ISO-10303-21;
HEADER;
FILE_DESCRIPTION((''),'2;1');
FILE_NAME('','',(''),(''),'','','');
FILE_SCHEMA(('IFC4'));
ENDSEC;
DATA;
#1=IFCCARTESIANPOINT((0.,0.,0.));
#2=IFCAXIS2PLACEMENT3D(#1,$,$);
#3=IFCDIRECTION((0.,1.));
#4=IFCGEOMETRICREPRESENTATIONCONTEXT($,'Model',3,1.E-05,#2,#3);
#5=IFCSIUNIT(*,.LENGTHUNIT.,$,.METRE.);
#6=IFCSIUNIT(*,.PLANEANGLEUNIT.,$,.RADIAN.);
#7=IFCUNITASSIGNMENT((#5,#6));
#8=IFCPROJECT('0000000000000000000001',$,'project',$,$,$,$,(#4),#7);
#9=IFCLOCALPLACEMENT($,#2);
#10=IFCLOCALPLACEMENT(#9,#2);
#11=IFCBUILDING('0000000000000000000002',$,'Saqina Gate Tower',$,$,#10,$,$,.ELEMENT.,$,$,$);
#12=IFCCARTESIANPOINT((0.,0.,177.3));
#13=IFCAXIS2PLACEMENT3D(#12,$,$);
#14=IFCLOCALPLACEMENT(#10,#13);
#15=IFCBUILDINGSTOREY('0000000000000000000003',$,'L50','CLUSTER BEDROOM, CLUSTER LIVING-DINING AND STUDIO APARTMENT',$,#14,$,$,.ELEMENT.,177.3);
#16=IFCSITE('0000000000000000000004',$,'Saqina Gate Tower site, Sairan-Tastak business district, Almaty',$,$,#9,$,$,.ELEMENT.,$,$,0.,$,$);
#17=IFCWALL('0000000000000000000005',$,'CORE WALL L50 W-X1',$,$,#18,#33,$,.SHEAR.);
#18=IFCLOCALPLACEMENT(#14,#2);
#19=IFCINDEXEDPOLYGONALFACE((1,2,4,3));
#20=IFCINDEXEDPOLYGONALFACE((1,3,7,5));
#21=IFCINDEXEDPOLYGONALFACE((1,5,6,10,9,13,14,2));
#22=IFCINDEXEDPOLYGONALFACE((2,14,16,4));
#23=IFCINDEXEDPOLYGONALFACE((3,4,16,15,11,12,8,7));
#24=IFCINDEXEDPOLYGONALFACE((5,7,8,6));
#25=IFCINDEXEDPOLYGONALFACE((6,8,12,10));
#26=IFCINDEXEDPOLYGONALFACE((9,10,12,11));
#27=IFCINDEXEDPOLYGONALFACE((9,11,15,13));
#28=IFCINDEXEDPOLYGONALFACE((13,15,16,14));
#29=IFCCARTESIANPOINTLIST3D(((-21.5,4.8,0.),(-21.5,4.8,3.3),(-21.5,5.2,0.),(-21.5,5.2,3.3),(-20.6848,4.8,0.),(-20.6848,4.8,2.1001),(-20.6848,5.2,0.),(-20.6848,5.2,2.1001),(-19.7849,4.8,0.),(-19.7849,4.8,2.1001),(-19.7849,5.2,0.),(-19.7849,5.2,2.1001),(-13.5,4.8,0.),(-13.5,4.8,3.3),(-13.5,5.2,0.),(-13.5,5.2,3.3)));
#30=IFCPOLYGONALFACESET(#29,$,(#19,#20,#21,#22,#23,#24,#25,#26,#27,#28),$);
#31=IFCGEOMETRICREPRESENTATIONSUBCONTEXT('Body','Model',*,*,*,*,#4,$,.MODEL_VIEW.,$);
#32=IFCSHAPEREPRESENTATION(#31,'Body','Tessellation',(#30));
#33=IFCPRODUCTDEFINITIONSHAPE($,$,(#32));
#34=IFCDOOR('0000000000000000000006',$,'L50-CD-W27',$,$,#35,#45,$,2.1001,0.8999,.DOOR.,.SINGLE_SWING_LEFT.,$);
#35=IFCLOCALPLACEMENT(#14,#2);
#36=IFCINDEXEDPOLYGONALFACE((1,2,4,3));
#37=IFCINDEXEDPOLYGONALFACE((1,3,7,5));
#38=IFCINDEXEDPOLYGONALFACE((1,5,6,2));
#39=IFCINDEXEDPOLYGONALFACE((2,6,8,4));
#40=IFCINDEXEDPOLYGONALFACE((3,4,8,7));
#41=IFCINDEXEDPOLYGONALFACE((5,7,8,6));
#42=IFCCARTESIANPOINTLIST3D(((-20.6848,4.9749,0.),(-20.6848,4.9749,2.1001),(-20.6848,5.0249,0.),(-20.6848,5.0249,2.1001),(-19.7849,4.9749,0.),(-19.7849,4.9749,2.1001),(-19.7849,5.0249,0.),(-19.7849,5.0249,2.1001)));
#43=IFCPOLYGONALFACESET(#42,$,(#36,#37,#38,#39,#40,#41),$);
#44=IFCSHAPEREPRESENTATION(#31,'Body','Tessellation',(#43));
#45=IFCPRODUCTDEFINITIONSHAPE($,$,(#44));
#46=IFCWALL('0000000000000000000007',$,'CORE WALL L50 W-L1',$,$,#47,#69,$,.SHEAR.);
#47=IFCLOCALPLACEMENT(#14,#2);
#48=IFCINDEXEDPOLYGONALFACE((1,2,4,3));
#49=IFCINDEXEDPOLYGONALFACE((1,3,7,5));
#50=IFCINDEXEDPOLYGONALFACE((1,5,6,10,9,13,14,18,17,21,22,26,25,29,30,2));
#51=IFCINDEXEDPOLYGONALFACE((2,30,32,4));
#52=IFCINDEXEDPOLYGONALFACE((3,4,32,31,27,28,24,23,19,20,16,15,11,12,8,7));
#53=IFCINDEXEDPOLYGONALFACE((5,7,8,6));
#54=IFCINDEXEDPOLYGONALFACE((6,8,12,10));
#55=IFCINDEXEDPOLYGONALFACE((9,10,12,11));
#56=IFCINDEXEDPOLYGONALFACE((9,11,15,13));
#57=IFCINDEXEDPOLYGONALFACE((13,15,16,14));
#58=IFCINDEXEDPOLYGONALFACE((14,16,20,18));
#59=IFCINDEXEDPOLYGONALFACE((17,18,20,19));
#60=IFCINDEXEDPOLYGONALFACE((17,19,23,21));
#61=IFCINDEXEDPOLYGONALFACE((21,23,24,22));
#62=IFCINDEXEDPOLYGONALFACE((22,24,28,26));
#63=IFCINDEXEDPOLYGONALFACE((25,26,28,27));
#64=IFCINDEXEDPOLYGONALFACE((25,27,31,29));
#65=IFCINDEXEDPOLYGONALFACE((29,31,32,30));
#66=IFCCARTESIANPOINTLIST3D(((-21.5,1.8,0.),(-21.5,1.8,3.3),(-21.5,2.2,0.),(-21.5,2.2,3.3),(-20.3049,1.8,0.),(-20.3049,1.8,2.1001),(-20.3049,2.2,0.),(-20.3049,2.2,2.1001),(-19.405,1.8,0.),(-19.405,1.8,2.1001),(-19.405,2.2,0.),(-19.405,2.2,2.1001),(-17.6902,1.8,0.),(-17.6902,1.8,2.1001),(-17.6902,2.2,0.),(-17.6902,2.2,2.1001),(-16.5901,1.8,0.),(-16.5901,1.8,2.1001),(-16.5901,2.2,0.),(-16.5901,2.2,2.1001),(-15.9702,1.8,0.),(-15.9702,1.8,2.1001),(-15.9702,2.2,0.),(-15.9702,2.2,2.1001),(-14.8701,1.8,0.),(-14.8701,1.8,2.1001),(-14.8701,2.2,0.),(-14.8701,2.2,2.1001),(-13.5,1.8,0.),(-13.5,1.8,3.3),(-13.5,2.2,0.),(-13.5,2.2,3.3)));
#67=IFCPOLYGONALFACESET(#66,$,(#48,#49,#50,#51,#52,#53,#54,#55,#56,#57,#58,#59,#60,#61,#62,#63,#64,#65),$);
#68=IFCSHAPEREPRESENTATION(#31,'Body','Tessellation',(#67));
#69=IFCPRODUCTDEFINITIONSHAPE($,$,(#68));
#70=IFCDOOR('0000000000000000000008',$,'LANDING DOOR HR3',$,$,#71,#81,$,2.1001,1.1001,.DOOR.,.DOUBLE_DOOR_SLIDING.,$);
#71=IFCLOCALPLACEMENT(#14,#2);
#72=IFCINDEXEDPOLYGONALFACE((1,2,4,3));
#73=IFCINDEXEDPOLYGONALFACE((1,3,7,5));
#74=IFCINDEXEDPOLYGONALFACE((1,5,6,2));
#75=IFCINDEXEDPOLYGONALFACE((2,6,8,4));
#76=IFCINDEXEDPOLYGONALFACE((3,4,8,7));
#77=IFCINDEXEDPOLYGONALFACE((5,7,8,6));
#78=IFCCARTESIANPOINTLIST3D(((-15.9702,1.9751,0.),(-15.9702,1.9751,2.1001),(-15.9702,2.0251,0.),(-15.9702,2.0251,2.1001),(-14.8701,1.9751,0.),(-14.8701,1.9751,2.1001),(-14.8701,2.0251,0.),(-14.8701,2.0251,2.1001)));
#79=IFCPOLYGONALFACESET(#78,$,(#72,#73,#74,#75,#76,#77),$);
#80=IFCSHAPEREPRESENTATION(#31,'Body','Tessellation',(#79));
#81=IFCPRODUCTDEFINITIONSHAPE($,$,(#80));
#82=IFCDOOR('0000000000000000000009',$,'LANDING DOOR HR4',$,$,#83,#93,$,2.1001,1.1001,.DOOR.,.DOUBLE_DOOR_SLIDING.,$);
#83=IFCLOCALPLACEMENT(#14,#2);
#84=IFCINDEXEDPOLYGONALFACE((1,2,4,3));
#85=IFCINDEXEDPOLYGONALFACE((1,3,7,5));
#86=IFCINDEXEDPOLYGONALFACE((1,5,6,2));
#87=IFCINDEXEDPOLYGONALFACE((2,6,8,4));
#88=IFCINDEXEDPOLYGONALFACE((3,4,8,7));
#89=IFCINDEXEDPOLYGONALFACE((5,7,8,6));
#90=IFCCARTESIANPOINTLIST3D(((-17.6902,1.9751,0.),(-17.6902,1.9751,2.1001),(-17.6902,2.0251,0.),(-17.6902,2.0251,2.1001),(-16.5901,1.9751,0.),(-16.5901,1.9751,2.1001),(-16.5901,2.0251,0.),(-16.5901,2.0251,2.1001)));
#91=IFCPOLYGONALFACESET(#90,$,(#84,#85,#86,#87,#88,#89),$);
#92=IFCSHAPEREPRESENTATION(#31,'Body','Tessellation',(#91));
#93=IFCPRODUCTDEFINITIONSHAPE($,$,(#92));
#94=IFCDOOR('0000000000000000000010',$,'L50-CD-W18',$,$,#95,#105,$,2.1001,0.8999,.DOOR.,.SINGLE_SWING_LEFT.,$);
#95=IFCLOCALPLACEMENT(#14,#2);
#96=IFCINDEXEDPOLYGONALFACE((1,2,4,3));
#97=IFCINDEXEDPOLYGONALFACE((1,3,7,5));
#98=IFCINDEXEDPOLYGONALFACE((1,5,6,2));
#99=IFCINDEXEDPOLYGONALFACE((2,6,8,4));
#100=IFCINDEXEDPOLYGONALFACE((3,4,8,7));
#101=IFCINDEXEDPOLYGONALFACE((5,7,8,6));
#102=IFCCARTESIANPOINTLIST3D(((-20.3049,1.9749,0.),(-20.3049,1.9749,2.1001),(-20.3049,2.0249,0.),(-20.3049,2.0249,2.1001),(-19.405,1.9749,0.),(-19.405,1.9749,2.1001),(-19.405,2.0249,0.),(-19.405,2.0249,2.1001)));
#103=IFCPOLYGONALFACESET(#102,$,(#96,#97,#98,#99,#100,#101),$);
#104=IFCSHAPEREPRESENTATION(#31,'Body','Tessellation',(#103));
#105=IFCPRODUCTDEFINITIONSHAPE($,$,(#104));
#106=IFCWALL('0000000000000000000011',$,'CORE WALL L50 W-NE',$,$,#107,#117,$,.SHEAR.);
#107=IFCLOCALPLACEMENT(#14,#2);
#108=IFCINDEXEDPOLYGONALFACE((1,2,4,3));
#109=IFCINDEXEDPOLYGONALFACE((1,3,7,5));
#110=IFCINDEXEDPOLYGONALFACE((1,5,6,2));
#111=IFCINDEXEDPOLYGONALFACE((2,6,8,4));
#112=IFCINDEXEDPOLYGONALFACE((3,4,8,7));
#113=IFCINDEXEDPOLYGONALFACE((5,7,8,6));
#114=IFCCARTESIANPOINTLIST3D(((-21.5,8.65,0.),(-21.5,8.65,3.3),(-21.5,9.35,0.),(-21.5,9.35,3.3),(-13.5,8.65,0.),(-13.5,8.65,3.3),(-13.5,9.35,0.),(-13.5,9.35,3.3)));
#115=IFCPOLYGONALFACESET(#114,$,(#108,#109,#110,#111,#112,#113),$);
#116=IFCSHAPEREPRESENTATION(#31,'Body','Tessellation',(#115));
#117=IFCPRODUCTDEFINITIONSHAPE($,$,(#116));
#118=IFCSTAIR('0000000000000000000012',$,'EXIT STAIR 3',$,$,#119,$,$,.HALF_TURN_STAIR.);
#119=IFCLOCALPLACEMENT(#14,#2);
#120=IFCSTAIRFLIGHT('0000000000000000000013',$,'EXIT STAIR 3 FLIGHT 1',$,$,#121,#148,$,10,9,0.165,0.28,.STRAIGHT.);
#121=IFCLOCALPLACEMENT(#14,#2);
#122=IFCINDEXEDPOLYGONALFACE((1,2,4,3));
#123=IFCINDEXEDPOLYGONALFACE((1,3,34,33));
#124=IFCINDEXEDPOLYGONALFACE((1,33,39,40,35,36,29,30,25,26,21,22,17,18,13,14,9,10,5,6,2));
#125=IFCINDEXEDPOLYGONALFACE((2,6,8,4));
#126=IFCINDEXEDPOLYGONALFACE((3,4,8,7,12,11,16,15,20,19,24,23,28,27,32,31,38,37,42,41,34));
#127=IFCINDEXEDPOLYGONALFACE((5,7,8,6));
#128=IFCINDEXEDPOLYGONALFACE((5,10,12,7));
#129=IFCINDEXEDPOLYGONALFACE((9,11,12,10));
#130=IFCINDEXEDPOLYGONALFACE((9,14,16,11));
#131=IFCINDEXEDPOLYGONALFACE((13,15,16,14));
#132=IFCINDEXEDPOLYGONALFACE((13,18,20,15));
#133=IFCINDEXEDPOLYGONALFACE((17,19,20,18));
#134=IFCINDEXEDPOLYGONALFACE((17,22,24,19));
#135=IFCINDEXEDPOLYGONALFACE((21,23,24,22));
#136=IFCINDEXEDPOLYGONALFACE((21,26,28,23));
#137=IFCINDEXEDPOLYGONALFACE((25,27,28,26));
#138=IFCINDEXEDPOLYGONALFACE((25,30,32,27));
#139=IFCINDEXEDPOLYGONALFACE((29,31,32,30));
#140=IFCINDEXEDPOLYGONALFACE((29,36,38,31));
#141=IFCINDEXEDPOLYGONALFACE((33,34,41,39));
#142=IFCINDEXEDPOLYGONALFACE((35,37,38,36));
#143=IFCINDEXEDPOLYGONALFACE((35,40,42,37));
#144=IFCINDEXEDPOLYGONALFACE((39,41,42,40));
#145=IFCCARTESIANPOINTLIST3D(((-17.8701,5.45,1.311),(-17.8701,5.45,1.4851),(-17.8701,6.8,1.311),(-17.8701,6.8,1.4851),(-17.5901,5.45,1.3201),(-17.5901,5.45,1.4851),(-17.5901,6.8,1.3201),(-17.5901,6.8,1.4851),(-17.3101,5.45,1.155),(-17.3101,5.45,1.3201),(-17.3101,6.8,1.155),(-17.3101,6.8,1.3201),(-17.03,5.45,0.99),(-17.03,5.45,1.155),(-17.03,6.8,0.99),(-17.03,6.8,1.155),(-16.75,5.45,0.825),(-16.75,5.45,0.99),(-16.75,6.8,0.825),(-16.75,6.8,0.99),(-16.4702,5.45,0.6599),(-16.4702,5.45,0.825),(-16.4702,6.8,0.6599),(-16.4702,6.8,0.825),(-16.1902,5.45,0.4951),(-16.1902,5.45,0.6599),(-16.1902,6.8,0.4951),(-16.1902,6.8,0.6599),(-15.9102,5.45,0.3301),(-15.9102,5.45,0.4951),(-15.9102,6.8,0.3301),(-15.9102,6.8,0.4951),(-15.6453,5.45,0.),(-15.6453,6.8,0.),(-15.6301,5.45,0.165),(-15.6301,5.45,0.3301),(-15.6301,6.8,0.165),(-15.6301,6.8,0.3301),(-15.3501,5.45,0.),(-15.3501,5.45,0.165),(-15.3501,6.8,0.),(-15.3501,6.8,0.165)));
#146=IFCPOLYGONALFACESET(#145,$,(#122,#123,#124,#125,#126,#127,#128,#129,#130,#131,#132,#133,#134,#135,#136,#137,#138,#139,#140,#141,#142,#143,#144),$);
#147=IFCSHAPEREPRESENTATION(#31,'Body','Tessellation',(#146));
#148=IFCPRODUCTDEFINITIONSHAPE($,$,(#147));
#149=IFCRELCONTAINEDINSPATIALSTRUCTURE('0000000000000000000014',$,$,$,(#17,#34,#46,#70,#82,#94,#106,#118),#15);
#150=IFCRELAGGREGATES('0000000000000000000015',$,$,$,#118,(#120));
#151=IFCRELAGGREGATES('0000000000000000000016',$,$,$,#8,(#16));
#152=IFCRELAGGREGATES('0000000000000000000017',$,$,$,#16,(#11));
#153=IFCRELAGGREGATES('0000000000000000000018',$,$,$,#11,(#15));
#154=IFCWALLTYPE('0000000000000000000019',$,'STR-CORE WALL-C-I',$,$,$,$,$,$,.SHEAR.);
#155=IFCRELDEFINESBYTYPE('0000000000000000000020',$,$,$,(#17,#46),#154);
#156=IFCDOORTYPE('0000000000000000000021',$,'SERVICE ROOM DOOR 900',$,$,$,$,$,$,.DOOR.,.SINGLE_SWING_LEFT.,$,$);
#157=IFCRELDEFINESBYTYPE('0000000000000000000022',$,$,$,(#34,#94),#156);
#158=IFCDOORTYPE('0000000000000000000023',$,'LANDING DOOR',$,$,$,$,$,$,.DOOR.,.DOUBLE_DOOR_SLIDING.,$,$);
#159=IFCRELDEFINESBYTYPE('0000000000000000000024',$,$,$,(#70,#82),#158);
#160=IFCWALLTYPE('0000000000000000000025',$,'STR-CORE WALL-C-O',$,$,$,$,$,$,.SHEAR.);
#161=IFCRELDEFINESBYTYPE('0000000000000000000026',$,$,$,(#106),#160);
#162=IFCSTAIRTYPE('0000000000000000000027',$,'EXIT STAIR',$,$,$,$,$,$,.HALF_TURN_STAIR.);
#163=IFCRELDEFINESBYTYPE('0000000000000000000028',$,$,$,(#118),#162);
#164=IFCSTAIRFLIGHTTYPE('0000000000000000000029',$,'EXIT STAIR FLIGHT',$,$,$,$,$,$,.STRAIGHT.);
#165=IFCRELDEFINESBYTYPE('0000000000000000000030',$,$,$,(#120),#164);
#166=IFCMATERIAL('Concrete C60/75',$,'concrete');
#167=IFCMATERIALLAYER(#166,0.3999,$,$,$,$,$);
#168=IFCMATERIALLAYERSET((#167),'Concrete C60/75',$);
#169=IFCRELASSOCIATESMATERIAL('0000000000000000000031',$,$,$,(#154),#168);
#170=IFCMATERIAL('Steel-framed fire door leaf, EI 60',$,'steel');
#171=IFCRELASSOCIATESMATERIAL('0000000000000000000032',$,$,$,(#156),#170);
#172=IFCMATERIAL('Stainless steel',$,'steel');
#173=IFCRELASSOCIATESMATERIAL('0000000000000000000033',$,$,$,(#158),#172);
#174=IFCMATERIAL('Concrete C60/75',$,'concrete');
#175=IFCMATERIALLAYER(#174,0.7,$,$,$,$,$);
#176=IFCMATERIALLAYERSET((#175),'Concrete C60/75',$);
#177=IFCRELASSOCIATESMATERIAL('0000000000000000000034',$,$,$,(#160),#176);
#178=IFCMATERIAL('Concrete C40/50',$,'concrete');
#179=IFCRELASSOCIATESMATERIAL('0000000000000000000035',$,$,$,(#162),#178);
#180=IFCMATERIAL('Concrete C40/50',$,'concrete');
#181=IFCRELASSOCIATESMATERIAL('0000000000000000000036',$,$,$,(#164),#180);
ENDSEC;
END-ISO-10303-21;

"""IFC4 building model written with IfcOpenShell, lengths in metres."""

from ifc_helpers import new_model, si_unit, direction, frame, frame_2d, origin, place, context, subcontext, project, spatial, polyline, rectangle, outline, extrude, material, layer, layer_set, type_object, element, fill, aggregate, save


model = new_model("IFC4")

# Units and contexts
model_context = context("Model", 3, precision=1e-05, world=origin(), true_north=direction((0.0, 1.0)))
body_context = subcontext(model_context, "Body", "Model", "MODEL_VIEW")
ifc_project = project(units=[si_unit("LENGTHUNIT", "METRE"), si_unit("PLANEANGLEUNIT", "RADIAN")], contexts=[model_context])

# Site, building, storey
site_placement = place(None, origin())
site = spatial("IfcSite", under=ifc_project, at=site_placement, Name="Saqina Gate Tower site, Sairan-Tastak business district, Almaty", CompositionType="ELEMENT", RefElevation=0.0)
building_placement = place(site_placement, origin())
building = spatial("IfcBuilding", under=site, at=building_placement, Name="Saqina Gate Tower", CompositionType="ELEMENT")
storey_placement = place(building_placement, frame((0.0, 0.0, 177.3)))
storey = spatial("IfcBuildingStorey", under=building, at=storey_placement, Name="L50", Description="CLUSTER BEDROOM, CLUSTER LIVING-DINING AND STUDIO APARTMENT", CompositionType="ELEMENT", Elevation=177.3)

# Wall, opening, door
ifc_material_1 = material(Name="Concrete C60/75", Category="concrete")
ifc_layer_1 = layer(ifc_material_1, 0.3999)
ifc_layer_set_1 = layer_set([ifc_layer_1], Name="Concrete C60/75")
wall_type_1 = type_object("IfcWallType", Name="STR-CORE WALL-C-I", PredefinedType="SHEAR", material=ifc_layer_set_1)
wall_1_placement = place(storey_placement, frame((-13.5, 5.0, 0.0), z_axis=(0.0, 0.0, 1.0), x_axis=(-1.0, 0.0, 0.0)))
wall_1 = element("IfcWall", 1, at=wall_1_placement, inside=storey, type_object=wall_type_1, Name="CORE WALL L50 W-X1", PredefinedType="SHEAR", context=body_context, shape_type="SweptSolid", body=[
    extrude(rectangle(XDim=8.0, YDim=0.3999, at=frame_2d((4.0, 0.0))), origin(), (0.0, 0.0, 1.0), 3.3),
])
opening_1_placement = place(wall_1_placement, frame((6.2849, 0.0, 0.0)))
opening_1 = element("IfcOpeningElement", 2, at=opening_1_placement, cuts=wall_1, PredefinedType="OPENING", context=body_context, shape_type="SweptSolid", body=[
    extrude(rectangle(XDim=0.8999, YDim=2.1001, at=frame_2d((0.45, 1.05))), frame((0.0, 0.2119, 0.0), z_axis=(0.0, -1.0, 0.0), x_axis=(1.0, 0.0, 0.0)), (0.0, 0.0, 1.0), 0.4238),
])
ifc_material_2 = material(Name="Steel-framed fire door leaf, EI 60", Category="steel")
door_type_1 = type_object("IfcDoorType", Name="SERVICE ROOM DOOR 900", OperationType="SINGLE_SWING_LEFT", PredefinedType="DOOR", material=ifc_material_2)
door_1_placement = place(opening_1_placement, frame((0.8999, 0.0, 0.0), z_axis=(0.0, 0.0, 1.0), x_axis=(-1.0, 0.0, 0.0)))
door_1 = element("IfcDoor", 3, at=door_1_placement, inside=storey, type_object=door_type_1, Name="L50-CD-W27", OperationType="SINGLE_SWING_LEFT", OverallHeight=2.1001, OverallWidth=0.8999, PredefinedType="DOOR", context=body_context, shape_type="SweptSolid", body=[
    extrude(rectangle(XDim=0.8999, YDim=2.1001, at=frame_2d((0.45, 1.05))), frame((0.0, 0.0249, 0.0), z_axis=(0.0, -1.0, 0.0), x_axis=(1.0, 0.0, 0.0)), (0.0, 0.0, 1.0), 0.05),
])
fill(opening_1, door_1)

# Wall, openings, doors
wall_2_placement = place(storey_placement, frame((-13.5, 2.0, 0.0), z_axis=(0.0, 0.0, 1.0), x_axis=(-1.0, 0.0, 0.0)))
wall_2 = element("IfcWall", 4, at=wall_2_placement, inside=storey, type_object=wall_type_1, Name="CORE WALL L50 W-L1", PredefinedType="SHEAR", context=body_context, shape_type="SweptSolid", body=[
    extrude(rectangle(XDim=8.0, YDim=0.3999, at=frame_2d((4.0, 0.0))), origin(), (0.0, 0.0, 1.0), 3.3),
])
opening_2_placement = place(wall_2_placement, frame((1.3701, 0.0, 0.0)))
opening_2 = element("IfcOpeningElement", 5, at=opening_2_placement, cuts=wall_2, PredefinedType="OPENING", context=body_context, shape_type="SweptSolid", body=[
    extrude(rectangle(XDim=1.1001, YDim=2.1001, at=frame_2d((0.55, 1.05))), frame((0.0, 0.2119, 0.0), z_axis=(0.0, -1.0, 0.0), x_axis=(1.0, 0.0, 0.0)), (0.0, 0.0, 1.0), 0.4238),
])
opening_3_placement = place(wall_2_placement, frame((3.0901, 0.0, 0.0)))
opening_3 = element("IfcOpeningElement", 6, at=opening_3_placement, cuts=wall_2, PredefinedType="OPENING", context=body_context, shape_type="SweptSolid", body=[
    extrude(rectangle(XDim=1.1001, YDim=2.1001, at=frame_2d((0.55, 1.05))), frame((0.0, 0.2119, 0.0), z_axis=(0.0, -1.0, 0.0), x_axis=(1.0, 0.0, 0.0)), (0.0, 0.0, 1.0), 0.4238),
])
opening_4_placement = place(wall_2_placement, frame((5.905, 0.0, 0.0)))
opening_4 = element("IfcOpeningElement", 7, at=opening_4_placement, cuts=wall_2, PredefinedType="OPENING", context=body_context, shape_type="SweptSolid", body=[
    extrude(rectangle(XDim=0.8999, YDim=2.1001, at=frame_2d((0.45, 1.05))), frame((0.0, 0.2119, 0.0), z_axis=(0.0, -1.0, 0.0), x_axis=(1.0, 0.0, 0.0)), (0.0, 0.0, 1.0), 0.4238),
])
ifc_material_3 = material(Name="Stainless steel", Category="steel")
door_type_2 = type_object("IfcDoorType", Name="LANDING DOOR", OperationType="DOUBLE_DOOR_SLIDING", PredefinedType="DOOR", material=ifc_material_3)
door_2_placement = place(opening_2_placement, origin())
door_2 = element("IfcDoor", 8, at=door_2_placement, inside=storey, type_object=door_type_2, Name="LANDING DOOR HR3", OperationType="DOUBLE_DOOR_SLIDING", OverallHeight=2.1001, OverallWidth=1.1001, PredefinedType="DOOR", context=body_context, shape_type="SweptSolid", body=[
    extrude(rectangle(XDim=1.1001, YDim=2.1001, at=frame_2d((0.55, 1.05))), frame((0.0, 0.0249, 0.0), z_axis=(0.0, -1.0, 0.0), x_axis=(1.0, 0.0, 0.0)), (0.0, 0.0, 1.0), 0.05),
])
fill(opening_2, door_2)
door_3_placement = place(opening_3_placement, origin())
door_3 = element("IfcDoor", 9, at=door_3_placement, inside=storey, type_object=door_type_2, Name="LANDING DOOR HR4", OperationType="DOUBLE_DOOR_SLIDING", OverallHeight=2.1001, OverallWidth=1.1001, PredefinedType="DOOR", context=body_context, shape_type="SweptSolid", body=[
    extrude(rectangle(XDim=1.1001, YDim=2.1001, at=frame_2d((0.55, 1.05))), frame((0.0, 0.0249, 0.0), z_axis=(0.0, -1.0, 0.0), x_axis=(1.0, 0.0, 0.0)), (0.0, 0.0, 1.0), 0.05),
])
fill(opening_3, door_3)
door_4_placement = place(opening_4_placement, frame((0.8999, 0.0, 0.0), z_axis=(0.0, 0.0, 1.0), x_axis=(-1.0, 0.0, 0.0)))
door_4 = element("IfcDoor", 10, at=door_4_placement, inside=storey, type_object=door_type_1, Name="L50-CD-W18", OperationType="SINGLE_SWING_LEFT", OverallHeight=2.1001, OverallWidth=0.8999, PredefinedType="DOOR", context=body_context, shape_type="SweptSolid", body=[
    extrude(rectangle(XDim=0.8999, YDim=2.1001, at=frame_2d((0.45, 1.05))), frame((0.0, 0.0249, 0.0), z_axis=(0.0, -1.0, 0.0), x_axis=(1.0, 0.0, 0.0)), (0.0, 0.0, 1.0), 0.05),
])
fill(opening_4, door_4)

# Wall
ifc_material_4 = material(Name="Concrete C60/75", Category="concrete")
ifc_layer_2 = layer(ifc_material_4, 0.7)
ifc_layer_set_2 = layer_set([ifc_layer_2], Name="Concrete C60/75")
wall_type_2 = type_object("IfcWallType", Name="STR-CORE WALL-C-O", PredefinedType="SHEAR", material=ifc_layer_set_2)
wall_3_placement = place(storey_placement, frame((-13.5, 9.0, 0.0), z_axis=(0.0, 0.0, 1.0), x_axis=(-1.0, 0.0, 0.0)))
element("IfcWall", 11, at=wall_3_placement, inside=storey, type_object=wall_type_2, Name="CORE WALL L50 W-NE", PredefinedType="SHEAR", context=body_context, shape_type="SweptSolid", body=[
    extrude(rectangle(XDim=8.0, YDim=0.7, at=frame_2d((4.0, 0.0))), origin(), (0.0, 0.0, 1.0), 3.3),
])

# Stair, stair flight
ifc_material_5 = material(Name="Concrete C40/50", Category="concrete")
stair_type = type_object("IfcStairType", Name="EXIT STAIR", PredefinedType="HALF_TURN_STAIR", material=ifc_material_5)
stair_placement = place(storey_placement, origin())
stair = element("IfcStair", 12, at=stair_placement, inside=storey, type_object=stair_type, Name="EXIT STAIR 3", PredefinedType="HALF_TURN_STAIR")
ifc_material_6 = material(Name="Concrete C40/50", Category="concrete")
stair_flight_type = type_object("IfcStairFlightType", Name="EXIT STAIR FLIGHT", PredefinedType="STRAIGHT", material=ifc_material_6)
stair_flight_placement = place(storey_placement, frame((-15.3501, 6.125, 0.0), z_axis=(0.0, 0.0, 1.0), x_axis=(-1.0, 0.0, 0.0)))
stair_flight = element("IfcStairFlight", 13, at=stair_flight_placement, type_object=stair_flight_type, Name="EXIT STAIR 3 FLIGHT 1", NumberOfRisers=10, NumberOfTreads=9, PredefinedType="STRAIGHT", RiserHeight=0.165, TreadLength=0.28, context=body_context, shape_type="SweptSolid", body=[
    extrude(outline(polyline([(0.0, 0.0), (0.0, 0.165), (0.28, 0.165), (0.28, 0.3301), (0.5601, 0.3301), (0.5601, 0.4951), (0.8401, 0.4951), (0.8401, 0.6599), (1.1201, 0.6599), (1.1201, 0.825), (1.3999, 0.825), (1.3999, 0.99), (1.6799, 0.99), (1.6799, 1.155), (1.96, 1.155), (1.96, 1.3201), (2.24, 1.3201), (2.24, 1.4851), (2.52, 1.4851), (2.52, 1.6499), (2.52, 1.311), (0.2952, 0.0), (0.0, 0.0)])), frame((0.0, 0.675, 0.0), z_axis=(0.0, -1.0, 0.0), x_axis=(1.0, 0.0, 0.0)), (0.0, 0.0, 1.0), 1.3501),
])
aggregate(stair, [stair_flight])

save(model, "model.ifc")
